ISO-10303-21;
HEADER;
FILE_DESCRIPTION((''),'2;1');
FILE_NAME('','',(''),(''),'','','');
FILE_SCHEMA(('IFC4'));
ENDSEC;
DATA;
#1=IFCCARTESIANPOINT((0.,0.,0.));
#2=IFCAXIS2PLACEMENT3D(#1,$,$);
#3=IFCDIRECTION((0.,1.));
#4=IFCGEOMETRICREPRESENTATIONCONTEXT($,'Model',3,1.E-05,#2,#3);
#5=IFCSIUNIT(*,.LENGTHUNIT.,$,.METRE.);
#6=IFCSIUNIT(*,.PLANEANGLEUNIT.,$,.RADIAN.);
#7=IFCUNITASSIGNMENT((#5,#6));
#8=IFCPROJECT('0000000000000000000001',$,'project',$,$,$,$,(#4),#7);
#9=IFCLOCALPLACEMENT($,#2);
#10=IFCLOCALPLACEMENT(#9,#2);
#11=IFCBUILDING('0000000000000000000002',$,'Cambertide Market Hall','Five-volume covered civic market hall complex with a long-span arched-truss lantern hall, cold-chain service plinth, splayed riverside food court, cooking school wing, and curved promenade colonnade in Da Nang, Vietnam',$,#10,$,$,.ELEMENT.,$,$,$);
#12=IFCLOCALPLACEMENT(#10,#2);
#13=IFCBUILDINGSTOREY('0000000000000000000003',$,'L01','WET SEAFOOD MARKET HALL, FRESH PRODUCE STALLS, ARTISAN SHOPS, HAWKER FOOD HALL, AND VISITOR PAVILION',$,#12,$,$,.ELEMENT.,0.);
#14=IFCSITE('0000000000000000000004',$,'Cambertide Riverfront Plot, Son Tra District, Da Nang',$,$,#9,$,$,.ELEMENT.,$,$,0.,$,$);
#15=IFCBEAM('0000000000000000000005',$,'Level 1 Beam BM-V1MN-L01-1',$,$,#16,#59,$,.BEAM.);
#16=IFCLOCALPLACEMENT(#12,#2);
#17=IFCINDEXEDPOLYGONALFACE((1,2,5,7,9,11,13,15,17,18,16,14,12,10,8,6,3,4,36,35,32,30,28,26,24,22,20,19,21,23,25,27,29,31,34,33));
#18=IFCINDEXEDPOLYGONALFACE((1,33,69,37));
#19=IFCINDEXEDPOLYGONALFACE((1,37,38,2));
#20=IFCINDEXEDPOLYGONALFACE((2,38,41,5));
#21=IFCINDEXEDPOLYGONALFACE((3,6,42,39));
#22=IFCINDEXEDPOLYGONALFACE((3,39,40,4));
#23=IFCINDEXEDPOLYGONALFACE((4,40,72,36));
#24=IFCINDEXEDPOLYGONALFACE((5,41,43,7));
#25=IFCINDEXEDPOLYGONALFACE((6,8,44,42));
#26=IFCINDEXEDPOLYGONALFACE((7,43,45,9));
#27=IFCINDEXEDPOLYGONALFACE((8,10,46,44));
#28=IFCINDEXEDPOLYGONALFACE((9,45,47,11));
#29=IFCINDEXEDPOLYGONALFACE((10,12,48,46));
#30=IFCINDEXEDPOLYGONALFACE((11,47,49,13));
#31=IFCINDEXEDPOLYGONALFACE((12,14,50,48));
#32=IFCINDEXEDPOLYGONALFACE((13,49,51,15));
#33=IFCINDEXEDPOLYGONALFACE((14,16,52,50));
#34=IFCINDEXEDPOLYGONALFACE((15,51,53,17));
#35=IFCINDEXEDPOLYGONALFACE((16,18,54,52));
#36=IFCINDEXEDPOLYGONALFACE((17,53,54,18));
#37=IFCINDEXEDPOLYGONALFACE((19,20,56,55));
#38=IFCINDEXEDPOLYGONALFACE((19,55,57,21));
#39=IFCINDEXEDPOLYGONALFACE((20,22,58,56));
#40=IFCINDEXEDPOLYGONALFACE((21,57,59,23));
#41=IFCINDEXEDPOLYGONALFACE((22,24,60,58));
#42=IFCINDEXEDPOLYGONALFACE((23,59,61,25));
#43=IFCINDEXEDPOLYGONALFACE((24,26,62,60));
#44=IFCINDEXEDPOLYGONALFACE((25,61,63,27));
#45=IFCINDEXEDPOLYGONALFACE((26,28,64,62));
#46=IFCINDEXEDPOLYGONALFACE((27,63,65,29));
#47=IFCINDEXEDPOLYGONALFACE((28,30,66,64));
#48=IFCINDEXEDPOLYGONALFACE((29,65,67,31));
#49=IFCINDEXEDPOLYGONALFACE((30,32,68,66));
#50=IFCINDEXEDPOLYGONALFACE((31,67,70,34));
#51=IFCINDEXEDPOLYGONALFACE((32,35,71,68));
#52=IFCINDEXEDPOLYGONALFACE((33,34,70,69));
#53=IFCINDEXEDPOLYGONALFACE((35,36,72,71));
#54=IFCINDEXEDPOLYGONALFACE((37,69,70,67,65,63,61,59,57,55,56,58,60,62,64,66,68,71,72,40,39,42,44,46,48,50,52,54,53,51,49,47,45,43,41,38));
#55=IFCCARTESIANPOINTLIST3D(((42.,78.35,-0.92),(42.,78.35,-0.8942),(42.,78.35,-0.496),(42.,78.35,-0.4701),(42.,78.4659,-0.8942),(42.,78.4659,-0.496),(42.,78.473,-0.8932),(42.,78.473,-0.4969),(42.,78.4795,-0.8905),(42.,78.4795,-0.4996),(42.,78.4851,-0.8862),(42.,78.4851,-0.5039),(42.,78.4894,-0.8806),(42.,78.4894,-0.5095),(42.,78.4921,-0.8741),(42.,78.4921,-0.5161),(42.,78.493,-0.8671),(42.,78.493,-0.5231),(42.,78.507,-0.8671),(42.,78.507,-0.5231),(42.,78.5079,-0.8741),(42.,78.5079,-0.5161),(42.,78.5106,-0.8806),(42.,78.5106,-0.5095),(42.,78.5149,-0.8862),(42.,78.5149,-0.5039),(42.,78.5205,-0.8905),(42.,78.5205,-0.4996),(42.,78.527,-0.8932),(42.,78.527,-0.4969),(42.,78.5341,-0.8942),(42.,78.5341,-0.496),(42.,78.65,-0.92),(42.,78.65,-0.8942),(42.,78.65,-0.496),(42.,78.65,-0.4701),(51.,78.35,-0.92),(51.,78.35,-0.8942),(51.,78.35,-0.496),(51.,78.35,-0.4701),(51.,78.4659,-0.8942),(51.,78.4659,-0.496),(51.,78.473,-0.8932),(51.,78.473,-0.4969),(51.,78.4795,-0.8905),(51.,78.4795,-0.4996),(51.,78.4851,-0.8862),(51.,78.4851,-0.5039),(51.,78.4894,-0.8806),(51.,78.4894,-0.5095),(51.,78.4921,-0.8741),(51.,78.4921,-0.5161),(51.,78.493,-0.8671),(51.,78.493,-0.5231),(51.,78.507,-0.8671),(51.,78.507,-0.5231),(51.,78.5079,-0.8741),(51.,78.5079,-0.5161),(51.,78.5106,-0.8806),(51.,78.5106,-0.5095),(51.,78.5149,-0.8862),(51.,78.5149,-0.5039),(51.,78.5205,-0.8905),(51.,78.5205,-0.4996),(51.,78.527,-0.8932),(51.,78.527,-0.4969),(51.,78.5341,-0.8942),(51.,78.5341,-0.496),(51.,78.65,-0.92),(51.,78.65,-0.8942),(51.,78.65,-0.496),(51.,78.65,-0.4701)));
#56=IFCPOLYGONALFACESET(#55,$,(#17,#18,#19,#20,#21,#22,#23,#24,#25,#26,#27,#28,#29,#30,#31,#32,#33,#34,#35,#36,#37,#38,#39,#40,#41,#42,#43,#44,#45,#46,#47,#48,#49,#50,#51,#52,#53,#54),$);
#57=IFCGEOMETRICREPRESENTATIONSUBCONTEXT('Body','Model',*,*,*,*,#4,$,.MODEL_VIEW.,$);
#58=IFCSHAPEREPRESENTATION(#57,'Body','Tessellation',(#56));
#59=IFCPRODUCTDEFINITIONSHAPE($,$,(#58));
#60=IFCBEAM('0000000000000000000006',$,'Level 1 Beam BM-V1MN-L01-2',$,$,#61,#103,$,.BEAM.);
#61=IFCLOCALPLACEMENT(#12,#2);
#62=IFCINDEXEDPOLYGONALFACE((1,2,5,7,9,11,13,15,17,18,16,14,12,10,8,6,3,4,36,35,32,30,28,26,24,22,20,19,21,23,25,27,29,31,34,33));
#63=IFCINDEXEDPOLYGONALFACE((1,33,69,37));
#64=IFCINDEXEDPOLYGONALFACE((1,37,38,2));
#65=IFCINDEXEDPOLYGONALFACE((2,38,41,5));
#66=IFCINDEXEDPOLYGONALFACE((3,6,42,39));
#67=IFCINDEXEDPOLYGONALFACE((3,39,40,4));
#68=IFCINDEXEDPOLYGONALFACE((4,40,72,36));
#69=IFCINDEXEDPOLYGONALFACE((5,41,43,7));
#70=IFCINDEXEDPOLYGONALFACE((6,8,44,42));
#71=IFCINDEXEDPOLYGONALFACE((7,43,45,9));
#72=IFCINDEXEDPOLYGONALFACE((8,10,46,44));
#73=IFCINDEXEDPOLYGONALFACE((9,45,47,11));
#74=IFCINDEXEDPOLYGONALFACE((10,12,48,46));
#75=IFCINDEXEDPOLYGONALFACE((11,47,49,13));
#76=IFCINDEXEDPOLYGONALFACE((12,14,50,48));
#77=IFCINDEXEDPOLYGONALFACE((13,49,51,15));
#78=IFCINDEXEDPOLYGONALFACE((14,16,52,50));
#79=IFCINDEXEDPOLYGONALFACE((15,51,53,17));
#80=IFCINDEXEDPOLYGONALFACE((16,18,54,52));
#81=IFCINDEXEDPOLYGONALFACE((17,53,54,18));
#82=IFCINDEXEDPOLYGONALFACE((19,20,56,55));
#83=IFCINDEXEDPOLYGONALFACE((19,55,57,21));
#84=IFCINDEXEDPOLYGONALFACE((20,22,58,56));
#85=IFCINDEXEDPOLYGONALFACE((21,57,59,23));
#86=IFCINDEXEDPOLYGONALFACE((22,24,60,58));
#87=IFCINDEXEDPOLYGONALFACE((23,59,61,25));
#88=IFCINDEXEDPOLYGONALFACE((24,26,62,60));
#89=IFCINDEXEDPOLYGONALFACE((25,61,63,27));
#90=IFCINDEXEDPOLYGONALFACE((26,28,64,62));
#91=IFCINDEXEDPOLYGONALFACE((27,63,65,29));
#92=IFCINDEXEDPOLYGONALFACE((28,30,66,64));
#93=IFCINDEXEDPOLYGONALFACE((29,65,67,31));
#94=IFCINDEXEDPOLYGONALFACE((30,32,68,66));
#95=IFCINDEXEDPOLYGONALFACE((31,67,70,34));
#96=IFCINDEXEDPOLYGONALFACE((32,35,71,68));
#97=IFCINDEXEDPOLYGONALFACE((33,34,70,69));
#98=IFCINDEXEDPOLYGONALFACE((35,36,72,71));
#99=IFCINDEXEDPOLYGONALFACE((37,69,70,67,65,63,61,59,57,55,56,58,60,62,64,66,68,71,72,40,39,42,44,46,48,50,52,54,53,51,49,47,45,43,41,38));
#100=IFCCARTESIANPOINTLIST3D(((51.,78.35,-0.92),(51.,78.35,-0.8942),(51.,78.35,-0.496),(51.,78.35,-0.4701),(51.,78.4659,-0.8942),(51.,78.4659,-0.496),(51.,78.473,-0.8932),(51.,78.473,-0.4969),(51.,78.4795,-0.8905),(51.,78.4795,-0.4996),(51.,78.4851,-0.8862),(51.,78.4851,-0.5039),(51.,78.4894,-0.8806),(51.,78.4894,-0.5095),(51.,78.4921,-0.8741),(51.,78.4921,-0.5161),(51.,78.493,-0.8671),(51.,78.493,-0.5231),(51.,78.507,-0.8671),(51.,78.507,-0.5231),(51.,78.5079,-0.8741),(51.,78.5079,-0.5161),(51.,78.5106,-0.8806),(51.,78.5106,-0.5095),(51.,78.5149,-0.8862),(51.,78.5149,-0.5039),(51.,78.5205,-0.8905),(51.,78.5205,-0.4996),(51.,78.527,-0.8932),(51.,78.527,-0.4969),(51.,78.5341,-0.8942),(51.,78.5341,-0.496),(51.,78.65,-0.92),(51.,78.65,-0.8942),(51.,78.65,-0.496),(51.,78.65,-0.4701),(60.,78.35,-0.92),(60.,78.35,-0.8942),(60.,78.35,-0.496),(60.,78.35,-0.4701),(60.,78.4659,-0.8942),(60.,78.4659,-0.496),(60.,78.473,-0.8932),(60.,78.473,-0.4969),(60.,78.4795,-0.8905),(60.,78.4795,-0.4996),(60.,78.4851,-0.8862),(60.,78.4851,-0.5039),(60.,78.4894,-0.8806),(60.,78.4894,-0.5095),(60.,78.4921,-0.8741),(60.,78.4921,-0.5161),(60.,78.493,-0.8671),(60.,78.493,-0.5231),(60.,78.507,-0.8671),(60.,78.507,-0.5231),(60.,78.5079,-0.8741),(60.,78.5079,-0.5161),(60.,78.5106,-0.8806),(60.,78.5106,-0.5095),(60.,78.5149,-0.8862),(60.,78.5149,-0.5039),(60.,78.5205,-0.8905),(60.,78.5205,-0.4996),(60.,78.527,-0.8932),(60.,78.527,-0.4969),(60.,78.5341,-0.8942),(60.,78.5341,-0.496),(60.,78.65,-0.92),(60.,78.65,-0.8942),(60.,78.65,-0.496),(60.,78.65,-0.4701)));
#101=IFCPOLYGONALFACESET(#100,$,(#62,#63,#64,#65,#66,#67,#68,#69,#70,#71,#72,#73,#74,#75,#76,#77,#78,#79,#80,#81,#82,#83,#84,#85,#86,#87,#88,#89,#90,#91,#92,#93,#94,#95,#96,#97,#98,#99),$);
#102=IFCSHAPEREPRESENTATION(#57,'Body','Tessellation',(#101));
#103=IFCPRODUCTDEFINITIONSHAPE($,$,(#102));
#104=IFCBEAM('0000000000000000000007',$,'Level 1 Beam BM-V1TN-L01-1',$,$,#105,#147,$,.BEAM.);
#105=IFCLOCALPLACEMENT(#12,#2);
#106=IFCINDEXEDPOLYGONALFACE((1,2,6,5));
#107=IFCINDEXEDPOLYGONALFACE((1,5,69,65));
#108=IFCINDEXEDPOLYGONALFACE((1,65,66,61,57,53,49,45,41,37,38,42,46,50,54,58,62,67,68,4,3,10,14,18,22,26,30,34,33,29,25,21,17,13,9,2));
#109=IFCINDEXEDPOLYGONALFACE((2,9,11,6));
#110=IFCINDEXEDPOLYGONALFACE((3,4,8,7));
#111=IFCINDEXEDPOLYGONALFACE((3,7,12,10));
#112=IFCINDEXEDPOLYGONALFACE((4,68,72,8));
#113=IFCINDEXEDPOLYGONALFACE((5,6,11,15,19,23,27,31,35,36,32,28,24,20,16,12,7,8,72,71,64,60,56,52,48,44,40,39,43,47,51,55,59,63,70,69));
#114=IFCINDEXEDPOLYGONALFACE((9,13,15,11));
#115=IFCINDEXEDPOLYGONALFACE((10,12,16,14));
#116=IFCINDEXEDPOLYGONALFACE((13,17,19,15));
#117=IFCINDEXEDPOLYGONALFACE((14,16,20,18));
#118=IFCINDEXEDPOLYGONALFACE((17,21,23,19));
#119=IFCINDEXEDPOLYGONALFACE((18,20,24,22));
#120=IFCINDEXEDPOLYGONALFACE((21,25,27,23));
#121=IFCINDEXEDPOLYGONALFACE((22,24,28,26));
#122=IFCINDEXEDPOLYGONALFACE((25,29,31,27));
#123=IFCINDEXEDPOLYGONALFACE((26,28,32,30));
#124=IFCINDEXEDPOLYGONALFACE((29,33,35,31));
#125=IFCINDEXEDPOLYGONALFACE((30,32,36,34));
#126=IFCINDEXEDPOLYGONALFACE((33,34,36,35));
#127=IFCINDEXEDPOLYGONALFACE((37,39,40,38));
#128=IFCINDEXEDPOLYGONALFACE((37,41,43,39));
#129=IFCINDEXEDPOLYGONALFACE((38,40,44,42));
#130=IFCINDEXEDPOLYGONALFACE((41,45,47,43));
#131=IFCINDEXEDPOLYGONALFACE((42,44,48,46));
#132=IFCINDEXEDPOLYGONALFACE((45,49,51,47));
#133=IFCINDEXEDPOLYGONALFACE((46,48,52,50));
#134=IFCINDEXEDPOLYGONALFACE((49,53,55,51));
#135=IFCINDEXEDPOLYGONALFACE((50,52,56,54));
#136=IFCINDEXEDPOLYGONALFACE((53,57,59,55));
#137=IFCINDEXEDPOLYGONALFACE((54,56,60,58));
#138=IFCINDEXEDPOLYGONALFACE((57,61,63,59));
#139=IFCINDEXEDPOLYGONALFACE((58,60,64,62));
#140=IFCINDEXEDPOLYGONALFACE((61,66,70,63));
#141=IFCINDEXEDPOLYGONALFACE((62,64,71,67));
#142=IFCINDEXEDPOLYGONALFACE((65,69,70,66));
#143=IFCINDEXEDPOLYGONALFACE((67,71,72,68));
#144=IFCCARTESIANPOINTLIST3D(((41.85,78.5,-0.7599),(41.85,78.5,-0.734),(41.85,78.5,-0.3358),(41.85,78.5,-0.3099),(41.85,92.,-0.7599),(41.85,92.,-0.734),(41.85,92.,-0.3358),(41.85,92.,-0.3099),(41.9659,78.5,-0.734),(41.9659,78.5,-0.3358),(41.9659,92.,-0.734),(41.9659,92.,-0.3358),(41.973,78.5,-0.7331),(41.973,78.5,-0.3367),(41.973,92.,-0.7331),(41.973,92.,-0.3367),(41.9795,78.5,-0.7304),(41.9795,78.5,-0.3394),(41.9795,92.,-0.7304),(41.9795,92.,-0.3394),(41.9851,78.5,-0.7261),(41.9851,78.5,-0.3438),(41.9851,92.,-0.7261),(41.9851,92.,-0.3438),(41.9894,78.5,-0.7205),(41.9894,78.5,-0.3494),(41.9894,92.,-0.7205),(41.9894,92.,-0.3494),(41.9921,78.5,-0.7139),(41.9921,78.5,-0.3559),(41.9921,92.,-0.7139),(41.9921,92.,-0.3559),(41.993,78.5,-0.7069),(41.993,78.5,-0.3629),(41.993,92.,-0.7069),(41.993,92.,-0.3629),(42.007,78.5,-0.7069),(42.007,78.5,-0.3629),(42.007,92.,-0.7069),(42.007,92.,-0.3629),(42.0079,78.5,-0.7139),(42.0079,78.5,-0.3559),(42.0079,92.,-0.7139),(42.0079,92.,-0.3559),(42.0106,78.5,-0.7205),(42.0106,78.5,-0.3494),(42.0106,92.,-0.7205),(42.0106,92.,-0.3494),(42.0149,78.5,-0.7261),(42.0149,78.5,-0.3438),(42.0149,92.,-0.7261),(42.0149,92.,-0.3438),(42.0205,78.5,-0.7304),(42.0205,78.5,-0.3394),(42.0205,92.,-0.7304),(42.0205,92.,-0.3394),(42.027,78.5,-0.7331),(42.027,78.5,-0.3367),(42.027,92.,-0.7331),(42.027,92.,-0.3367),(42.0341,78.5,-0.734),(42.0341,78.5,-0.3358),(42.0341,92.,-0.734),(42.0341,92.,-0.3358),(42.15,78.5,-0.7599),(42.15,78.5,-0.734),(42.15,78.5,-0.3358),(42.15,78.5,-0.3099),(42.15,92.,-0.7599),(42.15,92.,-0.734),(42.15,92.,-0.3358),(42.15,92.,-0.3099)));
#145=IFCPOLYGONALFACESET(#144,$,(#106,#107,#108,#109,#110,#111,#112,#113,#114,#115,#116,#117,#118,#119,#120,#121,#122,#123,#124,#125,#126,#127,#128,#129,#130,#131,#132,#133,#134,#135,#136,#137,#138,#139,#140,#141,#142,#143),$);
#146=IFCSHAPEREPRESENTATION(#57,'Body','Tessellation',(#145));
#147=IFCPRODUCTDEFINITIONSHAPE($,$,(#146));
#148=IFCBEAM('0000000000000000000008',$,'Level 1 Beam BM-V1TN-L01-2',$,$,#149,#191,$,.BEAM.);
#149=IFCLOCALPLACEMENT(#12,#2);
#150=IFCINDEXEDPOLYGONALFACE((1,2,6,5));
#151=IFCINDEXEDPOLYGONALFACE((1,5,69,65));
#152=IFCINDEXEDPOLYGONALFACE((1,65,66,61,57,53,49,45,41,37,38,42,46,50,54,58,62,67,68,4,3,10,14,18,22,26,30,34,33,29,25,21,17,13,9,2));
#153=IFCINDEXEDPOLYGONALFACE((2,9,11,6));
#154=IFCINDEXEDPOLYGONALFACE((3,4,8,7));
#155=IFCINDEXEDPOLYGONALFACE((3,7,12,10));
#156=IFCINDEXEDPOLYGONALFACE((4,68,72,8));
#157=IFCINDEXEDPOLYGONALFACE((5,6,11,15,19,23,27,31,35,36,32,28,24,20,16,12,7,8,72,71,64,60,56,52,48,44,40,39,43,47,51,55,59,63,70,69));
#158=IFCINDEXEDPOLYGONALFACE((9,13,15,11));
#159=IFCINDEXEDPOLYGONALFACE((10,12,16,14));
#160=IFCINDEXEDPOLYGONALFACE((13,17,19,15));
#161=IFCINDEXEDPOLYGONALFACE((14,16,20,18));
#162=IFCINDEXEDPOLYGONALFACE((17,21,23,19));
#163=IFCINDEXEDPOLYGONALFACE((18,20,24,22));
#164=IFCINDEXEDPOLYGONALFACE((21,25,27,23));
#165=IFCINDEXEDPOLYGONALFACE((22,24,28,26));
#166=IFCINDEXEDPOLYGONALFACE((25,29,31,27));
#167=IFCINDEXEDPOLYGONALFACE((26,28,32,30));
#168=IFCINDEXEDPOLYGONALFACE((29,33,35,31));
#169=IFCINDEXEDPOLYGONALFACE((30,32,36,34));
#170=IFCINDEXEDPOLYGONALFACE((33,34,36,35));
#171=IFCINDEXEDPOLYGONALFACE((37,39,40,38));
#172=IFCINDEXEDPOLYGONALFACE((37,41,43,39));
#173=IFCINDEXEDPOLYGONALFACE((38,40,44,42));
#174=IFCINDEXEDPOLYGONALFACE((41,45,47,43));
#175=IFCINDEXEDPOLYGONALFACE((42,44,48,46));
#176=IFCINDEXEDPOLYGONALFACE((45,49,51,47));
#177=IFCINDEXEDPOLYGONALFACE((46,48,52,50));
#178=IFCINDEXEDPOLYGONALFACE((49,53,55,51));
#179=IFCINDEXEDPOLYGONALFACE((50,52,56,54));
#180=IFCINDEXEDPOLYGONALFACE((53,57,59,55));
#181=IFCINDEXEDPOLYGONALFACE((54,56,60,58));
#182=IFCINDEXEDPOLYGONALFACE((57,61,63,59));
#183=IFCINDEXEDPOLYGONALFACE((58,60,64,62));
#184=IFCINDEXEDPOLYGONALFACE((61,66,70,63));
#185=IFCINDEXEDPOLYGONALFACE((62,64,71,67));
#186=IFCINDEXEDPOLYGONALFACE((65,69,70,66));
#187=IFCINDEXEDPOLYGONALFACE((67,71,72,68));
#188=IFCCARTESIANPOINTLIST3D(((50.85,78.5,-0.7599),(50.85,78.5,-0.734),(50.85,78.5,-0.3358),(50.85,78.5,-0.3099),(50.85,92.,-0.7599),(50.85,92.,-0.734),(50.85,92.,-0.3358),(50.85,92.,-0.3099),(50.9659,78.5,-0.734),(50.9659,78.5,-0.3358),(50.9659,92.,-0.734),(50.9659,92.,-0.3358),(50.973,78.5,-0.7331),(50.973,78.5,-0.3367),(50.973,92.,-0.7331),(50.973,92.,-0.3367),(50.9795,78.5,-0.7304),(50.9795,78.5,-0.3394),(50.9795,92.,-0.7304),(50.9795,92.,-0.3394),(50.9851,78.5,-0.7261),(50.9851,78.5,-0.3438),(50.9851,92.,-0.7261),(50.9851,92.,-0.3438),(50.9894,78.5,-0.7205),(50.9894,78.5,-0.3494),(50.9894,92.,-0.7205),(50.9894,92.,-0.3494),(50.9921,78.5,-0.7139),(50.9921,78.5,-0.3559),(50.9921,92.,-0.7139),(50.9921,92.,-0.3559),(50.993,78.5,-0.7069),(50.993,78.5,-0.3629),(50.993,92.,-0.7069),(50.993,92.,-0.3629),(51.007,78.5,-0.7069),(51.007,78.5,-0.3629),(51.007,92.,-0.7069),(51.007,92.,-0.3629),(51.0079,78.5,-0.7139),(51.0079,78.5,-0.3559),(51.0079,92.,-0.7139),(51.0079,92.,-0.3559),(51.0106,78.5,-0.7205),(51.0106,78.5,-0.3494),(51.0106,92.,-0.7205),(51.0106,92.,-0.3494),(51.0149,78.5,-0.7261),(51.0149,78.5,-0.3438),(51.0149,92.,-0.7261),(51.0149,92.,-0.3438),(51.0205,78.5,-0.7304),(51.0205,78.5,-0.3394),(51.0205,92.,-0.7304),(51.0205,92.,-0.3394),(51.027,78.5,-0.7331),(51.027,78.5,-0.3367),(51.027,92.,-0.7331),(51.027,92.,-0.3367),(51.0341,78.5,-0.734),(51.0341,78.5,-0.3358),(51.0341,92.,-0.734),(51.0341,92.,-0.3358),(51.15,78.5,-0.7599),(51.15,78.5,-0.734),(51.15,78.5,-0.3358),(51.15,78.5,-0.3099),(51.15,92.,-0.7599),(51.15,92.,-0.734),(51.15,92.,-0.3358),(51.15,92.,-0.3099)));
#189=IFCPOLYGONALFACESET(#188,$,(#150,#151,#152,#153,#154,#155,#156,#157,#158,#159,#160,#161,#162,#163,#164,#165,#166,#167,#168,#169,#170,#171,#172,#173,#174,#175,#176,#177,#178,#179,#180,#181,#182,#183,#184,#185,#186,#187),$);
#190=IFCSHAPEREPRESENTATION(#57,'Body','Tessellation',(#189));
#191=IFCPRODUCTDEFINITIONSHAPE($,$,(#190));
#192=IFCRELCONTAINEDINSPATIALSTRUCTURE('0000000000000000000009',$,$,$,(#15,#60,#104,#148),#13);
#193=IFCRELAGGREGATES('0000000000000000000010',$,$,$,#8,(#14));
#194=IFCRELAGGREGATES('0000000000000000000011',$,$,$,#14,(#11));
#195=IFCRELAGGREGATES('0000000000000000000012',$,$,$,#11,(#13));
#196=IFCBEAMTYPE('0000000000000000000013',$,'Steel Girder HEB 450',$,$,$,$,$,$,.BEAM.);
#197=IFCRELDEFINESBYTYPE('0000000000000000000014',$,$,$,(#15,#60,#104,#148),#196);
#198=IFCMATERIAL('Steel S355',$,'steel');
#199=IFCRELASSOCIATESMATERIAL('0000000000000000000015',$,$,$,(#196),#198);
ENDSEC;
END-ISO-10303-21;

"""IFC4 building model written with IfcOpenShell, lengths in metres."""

from ifc_helpers import new_model, si_unit, direction, frame, origin, origin_2d, place, context, subcontext, project, spatial, i_section, extrude, material, material_profile, profile_set, type_object, element, save


model = new_model("IFC4")

# Units and contexts
model_context = context("Model", 3, precision=1e-05, world=origin(), true_north=direction((0.0, 1.0)))
body_context = subcontext(model_context, "Body", "Model", "MODEL_VIEW")
ifc_project = project(units=[si_unit("LENGTHUNIT", "METRE"), si_unit("PLANEANGLEUNIT", "RADIAN")], contexts=[model_context])

# Site, building, storey
site_placement = place(None, origin())
site = spatial("IfcSite", under=ifc_project, at=site_placement, Name="Cambertide Riverfront Plot, Son Tra District, Da Nang", CompositionType="ELEMENT", RefElevation=0.0)
building_placement = place(site_placement, origin())
building = spatial("IfcBuilding", under=site, at=building_placement, Name="Cambertide Market Hall", Description="Five-volume covered civic market hall complex with a long-span arched-truss lantern hall, cold-chain service plinth, splayed riverside food court, cooking school wing, and curved promenade colonnade in Da Nang, Vietnam", CompositionType="ELEMENT")
storey_placement = place(building_placement, origin())
storey = spatial("IfcBuildingStorey", under=building, at=storey_placement, Name="L01", Description="WET SEAFOOD MARKET HALL, FRESH PRODUCE STALLS, ARTISAN SHOPS, HAWKER FOOD HALL, AND VISITOR PAVILION", CompositionType="ELEMENT", Elevation=0.0)

# Beams
ifc_material_1 = material(Name="Steel S355", Category="steel")
ifc_material_profile_1 = material_profile(ifc_material_1, i_section(OverallWidth=0.3, OverallDepth=0.45, WebThickness=0.0139, FlangeThickness=0.0259, FilletRadius=0.0271, at=origin_2d()), Name="HEB 450")
ifc_profile_set_1 = profile_set([ifc_material_profile_1], Name="Steel S355")
beam_type_1 = type_object("IfcBeamType", Name="Steel Girder HEB 450", PredefinedType="BEAM", material=ifc_profile_set_1)
for number, where, z_axis, x_axis, name in (
    (1, (42.0, 78.5, -0.6951), (1.0, 0.0, 0.0), (0.0, 1.0, 0.0), "Level 1 Beam BM-V1MN-L01-1"),
    (2, (51.0, 78.5, -0.6951), (1.0, 0.0, 0.0), (0.0, 1.0, 0.0), "Level 1 Beam BM-V1MN-L01-2"),
):
    element("IfcBeam", number, at=place(storey_placement, frame(where, z_axis=z_axis, x_axis=x_axis)), inside=storey, type_object=beam_type_1, Name=name, PredefinedType="BEAM", context=body_context, shape_type="SweptSolid", body=[
        extrude(i_section(OverallWidth=0.3, OverallDepth=0.45, WebThickness=0.0139, FlangeThickness=0.0259, FilletRadius=0.0271, at=origin_2d()), origin(), (0.0, 0.0, 1.0), 9.0),
    ])
for number, where, z_axis, x_axis, name in (
    (3, (42.0, 78.5, -0.5349), (0.0, 1.0, 0.0), (-1.0, 0.0, 0.0), "Level 1 Beam BM-V1TN-L01-1"),
    (4, (51.0, 78.5, -0.5349), (0.0, 1.0, 0.0), (-1.0, 0.0, 0.0), "Level 1 Beam BM-V1TN-L01-2"),
):
    element("IfcBeam", number, at=place(storey_placement, frame(where, z_axis=z_axis, x_axis=x_axis)), inside=storey, type_object=beam_type_1, Name=name, PredefinedType="BEAM", context=body_context, shape_type="SweptSolid", body=[
        extrude(i_section(OverallWidth=0.3, OverallDepth=0.45, WebThickness=0.0139, FlangeThickness=0.0259, FilletRadius=0.0271, at=origin_2d()), origin(), (0.0, 0.0, 1.0), 13.5),
    ])

save(model, "model.ifc")
